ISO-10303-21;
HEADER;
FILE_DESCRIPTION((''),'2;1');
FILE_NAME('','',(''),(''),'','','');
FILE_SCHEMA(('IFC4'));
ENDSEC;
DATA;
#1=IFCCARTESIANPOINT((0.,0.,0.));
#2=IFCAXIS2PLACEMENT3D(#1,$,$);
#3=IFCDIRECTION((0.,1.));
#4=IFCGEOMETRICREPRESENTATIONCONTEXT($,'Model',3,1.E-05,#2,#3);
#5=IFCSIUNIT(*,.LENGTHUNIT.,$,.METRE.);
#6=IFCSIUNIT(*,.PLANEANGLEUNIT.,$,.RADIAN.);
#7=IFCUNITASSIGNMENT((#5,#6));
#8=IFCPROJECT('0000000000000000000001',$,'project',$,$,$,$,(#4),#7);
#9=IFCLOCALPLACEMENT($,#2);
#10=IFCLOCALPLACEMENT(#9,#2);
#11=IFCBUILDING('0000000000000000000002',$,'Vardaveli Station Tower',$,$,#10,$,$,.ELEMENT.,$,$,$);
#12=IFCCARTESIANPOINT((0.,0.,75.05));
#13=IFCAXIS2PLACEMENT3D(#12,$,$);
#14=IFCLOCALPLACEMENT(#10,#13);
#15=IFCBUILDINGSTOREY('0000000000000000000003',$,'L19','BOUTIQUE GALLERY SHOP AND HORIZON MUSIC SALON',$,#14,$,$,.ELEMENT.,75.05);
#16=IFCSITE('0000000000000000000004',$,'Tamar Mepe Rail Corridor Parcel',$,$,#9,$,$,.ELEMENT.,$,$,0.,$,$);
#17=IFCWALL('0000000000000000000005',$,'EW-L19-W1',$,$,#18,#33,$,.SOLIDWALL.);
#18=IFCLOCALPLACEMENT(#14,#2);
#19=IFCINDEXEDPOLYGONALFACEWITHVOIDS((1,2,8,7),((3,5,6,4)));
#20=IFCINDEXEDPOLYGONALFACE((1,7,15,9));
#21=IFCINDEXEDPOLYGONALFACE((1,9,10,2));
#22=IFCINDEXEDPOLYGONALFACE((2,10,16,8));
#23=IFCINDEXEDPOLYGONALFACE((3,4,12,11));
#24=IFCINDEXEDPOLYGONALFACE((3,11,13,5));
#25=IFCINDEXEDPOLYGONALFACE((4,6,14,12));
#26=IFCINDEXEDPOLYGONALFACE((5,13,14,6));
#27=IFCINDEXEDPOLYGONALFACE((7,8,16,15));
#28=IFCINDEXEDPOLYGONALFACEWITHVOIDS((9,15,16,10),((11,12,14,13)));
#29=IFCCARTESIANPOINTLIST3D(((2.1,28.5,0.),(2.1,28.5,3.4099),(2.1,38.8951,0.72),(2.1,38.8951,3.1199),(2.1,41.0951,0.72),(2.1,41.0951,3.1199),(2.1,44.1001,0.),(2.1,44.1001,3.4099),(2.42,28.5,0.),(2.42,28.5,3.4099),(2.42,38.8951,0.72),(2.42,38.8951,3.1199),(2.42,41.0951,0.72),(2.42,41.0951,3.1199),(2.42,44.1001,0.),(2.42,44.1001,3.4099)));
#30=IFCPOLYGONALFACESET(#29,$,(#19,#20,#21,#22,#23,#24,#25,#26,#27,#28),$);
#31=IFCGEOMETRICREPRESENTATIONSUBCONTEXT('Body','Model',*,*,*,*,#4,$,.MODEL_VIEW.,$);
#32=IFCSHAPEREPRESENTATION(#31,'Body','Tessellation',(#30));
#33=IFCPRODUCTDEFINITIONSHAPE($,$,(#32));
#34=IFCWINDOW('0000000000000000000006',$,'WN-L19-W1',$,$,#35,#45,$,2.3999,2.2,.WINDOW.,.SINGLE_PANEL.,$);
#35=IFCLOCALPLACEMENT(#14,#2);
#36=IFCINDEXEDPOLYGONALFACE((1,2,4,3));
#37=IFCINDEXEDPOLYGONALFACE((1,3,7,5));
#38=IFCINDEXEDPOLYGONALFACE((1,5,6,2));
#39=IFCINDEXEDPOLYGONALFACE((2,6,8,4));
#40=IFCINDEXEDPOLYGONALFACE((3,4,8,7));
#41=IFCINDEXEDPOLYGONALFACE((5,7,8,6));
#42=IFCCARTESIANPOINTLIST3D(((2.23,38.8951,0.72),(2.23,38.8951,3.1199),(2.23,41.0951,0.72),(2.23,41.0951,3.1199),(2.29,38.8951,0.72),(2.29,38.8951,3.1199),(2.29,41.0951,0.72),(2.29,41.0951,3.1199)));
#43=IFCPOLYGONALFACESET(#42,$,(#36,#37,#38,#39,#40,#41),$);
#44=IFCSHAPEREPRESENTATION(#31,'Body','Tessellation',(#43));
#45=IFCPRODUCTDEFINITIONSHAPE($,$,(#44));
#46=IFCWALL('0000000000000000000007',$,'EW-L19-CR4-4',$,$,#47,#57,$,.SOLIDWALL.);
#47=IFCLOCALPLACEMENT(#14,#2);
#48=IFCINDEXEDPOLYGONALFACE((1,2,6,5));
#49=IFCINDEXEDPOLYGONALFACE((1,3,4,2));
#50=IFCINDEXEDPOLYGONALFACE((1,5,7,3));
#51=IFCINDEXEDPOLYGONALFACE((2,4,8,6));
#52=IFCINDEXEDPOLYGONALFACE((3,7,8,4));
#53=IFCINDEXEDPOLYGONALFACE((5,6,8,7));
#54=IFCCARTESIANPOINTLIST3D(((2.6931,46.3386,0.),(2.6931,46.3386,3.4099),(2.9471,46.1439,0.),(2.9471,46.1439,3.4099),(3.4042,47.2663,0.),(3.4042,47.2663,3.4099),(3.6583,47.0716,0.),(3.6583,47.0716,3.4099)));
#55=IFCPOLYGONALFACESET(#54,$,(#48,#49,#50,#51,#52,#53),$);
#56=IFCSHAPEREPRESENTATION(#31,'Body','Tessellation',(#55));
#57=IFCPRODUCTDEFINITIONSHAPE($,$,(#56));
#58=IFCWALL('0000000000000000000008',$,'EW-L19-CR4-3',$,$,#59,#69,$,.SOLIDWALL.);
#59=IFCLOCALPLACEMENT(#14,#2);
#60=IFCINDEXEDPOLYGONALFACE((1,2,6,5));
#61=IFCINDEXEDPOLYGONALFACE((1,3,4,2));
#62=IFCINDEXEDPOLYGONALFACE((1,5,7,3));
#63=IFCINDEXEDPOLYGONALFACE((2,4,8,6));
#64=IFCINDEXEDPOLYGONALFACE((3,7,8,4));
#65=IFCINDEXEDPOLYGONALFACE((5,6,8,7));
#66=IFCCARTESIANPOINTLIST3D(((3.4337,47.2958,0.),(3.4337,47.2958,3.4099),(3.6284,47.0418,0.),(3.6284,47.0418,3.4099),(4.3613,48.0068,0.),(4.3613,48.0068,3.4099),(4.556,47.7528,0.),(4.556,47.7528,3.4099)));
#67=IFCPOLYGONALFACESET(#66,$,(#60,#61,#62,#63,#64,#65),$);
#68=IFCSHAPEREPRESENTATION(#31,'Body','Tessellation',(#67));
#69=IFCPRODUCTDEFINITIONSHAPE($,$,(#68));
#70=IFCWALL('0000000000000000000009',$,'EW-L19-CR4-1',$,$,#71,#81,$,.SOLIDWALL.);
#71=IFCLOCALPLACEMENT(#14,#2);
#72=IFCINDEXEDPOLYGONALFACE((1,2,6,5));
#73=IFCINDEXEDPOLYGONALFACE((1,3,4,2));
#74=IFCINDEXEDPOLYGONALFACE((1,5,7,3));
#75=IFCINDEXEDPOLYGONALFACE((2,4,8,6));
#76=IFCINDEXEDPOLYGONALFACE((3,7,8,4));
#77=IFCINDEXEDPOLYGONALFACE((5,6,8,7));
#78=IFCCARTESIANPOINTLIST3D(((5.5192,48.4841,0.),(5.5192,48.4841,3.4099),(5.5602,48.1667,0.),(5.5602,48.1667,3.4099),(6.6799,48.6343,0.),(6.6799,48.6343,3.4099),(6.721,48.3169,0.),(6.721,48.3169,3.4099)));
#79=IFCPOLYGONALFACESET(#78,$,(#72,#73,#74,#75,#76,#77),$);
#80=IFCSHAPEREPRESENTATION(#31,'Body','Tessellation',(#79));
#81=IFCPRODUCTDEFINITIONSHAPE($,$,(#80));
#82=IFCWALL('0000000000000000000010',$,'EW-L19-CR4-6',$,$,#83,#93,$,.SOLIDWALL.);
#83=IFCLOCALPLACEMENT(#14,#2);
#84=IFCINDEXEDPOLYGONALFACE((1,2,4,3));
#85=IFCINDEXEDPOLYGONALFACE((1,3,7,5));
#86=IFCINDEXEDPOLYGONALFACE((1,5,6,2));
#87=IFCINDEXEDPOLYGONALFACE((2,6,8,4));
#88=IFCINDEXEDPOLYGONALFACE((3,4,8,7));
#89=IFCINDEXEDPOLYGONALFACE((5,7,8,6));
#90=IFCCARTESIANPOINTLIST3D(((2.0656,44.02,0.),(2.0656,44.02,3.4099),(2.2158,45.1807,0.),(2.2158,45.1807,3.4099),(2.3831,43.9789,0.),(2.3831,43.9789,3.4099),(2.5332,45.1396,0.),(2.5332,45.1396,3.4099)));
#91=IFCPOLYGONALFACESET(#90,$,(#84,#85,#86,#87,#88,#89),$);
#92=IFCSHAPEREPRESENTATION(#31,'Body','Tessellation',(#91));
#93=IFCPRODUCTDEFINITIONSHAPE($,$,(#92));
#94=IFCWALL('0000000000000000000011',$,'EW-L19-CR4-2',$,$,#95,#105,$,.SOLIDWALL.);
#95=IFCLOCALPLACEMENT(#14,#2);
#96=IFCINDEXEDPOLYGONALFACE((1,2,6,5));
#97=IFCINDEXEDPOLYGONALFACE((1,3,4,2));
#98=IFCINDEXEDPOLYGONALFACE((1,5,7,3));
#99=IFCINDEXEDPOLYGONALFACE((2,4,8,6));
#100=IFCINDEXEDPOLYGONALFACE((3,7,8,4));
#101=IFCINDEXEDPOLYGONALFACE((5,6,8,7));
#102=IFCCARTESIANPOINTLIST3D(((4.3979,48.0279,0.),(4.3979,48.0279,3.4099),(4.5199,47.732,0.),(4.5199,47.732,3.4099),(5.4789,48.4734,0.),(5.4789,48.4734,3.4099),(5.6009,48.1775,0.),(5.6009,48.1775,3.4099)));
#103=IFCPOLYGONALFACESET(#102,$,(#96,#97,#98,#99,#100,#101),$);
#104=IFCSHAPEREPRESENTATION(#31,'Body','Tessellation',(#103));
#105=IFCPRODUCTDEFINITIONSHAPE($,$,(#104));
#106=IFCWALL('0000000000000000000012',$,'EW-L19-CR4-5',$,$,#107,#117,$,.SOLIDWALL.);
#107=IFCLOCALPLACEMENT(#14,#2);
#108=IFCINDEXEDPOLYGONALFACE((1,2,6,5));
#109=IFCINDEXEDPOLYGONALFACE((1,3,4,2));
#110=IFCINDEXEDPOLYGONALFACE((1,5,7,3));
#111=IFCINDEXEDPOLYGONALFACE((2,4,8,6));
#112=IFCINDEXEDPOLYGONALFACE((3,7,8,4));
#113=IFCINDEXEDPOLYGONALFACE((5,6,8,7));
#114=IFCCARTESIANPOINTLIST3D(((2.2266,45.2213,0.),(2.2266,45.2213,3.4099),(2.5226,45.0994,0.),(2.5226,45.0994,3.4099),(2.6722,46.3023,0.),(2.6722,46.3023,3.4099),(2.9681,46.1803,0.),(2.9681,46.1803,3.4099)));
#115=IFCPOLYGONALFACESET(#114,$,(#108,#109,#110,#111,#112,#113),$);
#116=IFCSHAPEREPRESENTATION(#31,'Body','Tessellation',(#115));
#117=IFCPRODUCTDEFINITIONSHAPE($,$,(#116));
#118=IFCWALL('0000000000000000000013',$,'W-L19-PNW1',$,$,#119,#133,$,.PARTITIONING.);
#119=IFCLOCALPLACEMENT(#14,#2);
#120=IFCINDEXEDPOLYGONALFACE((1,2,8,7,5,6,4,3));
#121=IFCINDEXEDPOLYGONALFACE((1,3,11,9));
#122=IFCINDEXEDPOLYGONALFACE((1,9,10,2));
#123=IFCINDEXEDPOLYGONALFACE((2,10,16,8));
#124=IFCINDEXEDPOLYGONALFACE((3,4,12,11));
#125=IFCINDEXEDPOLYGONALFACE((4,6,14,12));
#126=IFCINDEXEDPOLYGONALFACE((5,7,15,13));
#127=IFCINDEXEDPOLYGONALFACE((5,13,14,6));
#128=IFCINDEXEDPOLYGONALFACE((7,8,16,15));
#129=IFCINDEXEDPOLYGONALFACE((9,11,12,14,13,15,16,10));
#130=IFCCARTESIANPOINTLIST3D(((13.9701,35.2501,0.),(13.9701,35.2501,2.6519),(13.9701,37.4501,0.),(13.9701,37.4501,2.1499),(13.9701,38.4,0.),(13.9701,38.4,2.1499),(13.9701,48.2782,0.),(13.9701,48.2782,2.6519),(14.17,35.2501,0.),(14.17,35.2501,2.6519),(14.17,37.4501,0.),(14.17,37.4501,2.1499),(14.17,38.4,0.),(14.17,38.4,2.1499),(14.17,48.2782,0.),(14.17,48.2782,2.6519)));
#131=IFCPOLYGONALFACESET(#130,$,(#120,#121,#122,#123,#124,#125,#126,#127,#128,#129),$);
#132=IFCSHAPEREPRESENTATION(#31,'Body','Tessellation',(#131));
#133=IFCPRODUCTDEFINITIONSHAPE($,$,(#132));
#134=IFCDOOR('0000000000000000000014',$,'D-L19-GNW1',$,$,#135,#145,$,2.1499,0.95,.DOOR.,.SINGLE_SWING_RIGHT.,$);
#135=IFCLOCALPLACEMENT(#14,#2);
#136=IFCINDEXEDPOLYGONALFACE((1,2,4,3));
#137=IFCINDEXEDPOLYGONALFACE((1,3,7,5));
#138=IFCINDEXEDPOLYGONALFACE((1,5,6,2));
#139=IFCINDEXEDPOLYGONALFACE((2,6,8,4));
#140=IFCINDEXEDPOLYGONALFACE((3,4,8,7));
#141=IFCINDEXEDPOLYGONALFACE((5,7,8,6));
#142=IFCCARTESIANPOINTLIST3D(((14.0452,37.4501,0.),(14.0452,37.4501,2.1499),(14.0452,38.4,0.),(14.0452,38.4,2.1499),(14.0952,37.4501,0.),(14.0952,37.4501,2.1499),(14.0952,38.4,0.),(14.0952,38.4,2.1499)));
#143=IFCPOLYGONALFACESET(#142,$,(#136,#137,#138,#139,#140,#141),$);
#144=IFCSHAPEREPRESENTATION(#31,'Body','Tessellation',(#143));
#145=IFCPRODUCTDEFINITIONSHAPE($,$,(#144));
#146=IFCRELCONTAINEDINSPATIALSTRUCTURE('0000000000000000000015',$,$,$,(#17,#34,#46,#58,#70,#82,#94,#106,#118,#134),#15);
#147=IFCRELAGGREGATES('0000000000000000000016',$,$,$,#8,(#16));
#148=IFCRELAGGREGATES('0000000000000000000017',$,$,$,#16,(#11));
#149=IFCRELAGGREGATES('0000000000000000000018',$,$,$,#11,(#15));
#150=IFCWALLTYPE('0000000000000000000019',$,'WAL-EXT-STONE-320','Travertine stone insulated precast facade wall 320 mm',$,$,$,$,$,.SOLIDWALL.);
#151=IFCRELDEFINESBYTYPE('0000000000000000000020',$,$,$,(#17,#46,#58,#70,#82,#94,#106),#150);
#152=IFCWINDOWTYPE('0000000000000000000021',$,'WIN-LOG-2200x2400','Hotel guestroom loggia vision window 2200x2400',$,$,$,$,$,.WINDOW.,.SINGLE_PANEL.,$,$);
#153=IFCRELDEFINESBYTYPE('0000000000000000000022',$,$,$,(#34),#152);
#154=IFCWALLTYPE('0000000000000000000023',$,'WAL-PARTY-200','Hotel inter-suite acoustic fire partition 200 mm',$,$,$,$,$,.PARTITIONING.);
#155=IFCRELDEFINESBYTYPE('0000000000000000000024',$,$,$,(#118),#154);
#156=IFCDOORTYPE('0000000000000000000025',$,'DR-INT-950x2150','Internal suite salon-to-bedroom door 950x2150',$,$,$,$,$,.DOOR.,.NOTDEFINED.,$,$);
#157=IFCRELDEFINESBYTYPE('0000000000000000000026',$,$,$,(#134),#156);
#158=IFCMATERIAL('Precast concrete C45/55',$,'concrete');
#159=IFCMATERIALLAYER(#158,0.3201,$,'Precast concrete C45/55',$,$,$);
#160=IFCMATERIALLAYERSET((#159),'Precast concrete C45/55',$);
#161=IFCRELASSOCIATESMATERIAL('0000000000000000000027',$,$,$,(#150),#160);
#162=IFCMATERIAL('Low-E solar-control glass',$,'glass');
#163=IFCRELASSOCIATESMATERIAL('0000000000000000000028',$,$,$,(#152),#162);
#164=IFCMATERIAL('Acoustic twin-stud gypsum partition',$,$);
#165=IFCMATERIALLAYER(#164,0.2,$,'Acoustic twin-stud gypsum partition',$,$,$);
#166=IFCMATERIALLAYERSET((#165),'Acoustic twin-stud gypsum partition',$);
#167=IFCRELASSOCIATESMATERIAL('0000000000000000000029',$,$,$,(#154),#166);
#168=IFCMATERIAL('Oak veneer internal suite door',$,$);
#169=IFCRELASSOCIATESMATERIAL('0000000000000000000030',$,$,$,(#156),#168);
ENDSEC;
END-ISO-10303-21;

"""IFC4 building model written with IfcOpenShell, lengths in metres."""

from ifc_helpers import new_model, si_unit, direction, frame, frame_2d, origin, place, context, subcontext, project, spatial, rectangle, extrude, source, transform, mapped, material, layer, layer_set, type_object, element, fill, save


model = new_model("IFC4")

# Units and contexts
model_context = context("Model", 3, precision=1e-05, world=origin(), true_north=direction((0.0, 1.0)))
body_context = subcontext(model_context, "Body", "Model", "MODEL_VIEW")
ifc_project = project(units=[si_unit("LENGTHUNIT", "METRE"), si_unit("PLANEANGLEUNIT", "RADIAN")], contexts=[model_context])

# Site, building, storey
site_placement = place(None, origin())
site = spatial("IfcSite", under=ifc_project, at=site_placement, Name="Tamar Mepe Rail Corridor Parcel", CompositionType="ELEMENT", RefElevation=0.0)
building_placement = place(site_placement, origin())
building = spatial("IfcBuilding", under=site, at=building_placement, Name="Vardaveli Station Tower", CompositionType="ELEMENT")
storey_placement = place(building_placement, frame((0.0, 0.0, 75.05)))
storey = spatial("IfcBuildingStorey", under=building, at=storey_placement, Name="L19", Description="BOUTIQUE GALLERY SHOP AND HORIZON MUSIC SALON", CompositionType="ELEMENT", Elevation=75.05)

# Shared definitions
ifc_material_1 = material(Name="Precast concrete C45/55", Category="concrete")

# Wall, opening, window
ifc_layer_1 = layer(ifc_material_1, 0.3201, Name="Precast concrete C45/55")
ifc_layer_set_1 = layer_set([ifc_layer_1], Name="Precast concrete C45/55")
wall_type_1 = type_object("IfcWallType", Name="WAL-EXT-STONE-320", Description="Travertine stone insulated precast facade wall 320 mm", PredefinedType="SOLIDWALL", material=ifc_layer_set_1)
shared_shape_1 = source(origin(), body_context, "Body", "SweptSolid", [
    extrude(rectangle(XDim=15.6001, YDim=0.3201, at=frame_2d((7.8, 0.0))), origin(), (0.0, 0.0, 1.0), 3.4099),
])
wall_1_placement = place(storey_placement, frame((2.26, 44.1001, 0.0), z_axis=(0.0, 0.0, 1.0), x_axis=(0.0, -1.0, 0.0)))
wall_1 = element("IfcWall", 1, at=wall_1_placement, inside=storey, type_object=wall_type_1, Name="EW-L19-W1", PredefinedType="SOLIDWALL", context=body_context, shape_type="MappedRepresentation", body=[
    mapped(shared_shape_1, transform((0.0, 0.0, 0.0), scale=1.0)),
])
shared_shape_2 = source(origin(), body_context, "Body", "SweptSolid", [
    extrude(rectangle(XDim=2.2, YDim=2.3999, at=frame_2d((1.1001, 1.2))), frame((0.0, 0.1699, 0.0), z_axis=(0.0, -1.0, 0.0), x_axis=(1.0, 0.0, 0.0)), (0.0, 0.0, 1.0), 0.3401),
])
opening_1_placement = place(wall_1_placement, frame((3.0049, 0.0, 0.72)))
opening_1 = element("IfcOpeningElement", 2, at=opening_1_placement, cuts=wall_1, PredefinedType="OPENING", context=body_context, shape_type="MappedRepresentation", body=[
    mapped(shared_shape_2, transform((0.0, 0.0, 0.0), scale=1.0)),
])
ifc_material_2 = material(Name="Low-E solar-control glass", Category="glass")
window_type = type_object("IfcWindowType", Name="WIN-LOG-2200x2400", Description="Hotel guestroom loggia vision window 2200x2400", PartitioningType="SINGLE_PANEL", PredefinedType="WINDOW", material=ifc_material_2)
shared_shape_3 = source(origin(), body_context, "Body", "SweptSolid", [
    extrude(rectangle(XDim=2.2, YDim=2.3999, at=frame_2d((1.1001, 1.2))), frame((0.0, 0.03, 0.0), z_axis=(0.0, -1.0, 0.0), x_axis=(1.0, 0.0, 0.0)), (0.0, 0.0, 1.0), 0.0601),
])
window_placement = place(opening_1_placement, origin())
window = element("IfcWindow", 3, at=window_placement, inside=storey, type_object=window_type, Name="WN-L19-W1", OverallHeight=2.3999, OverallWidth=2.2, PartitioningType="SINGLE_PANEL", PredefinedType="WINDOW", context=body_context, shape_type="MappedRepresentation", body=[
    mapped(shared_shape_3, transform((0.0, 0.0, 0.0), scale=1.0)),
])
fill(opening_1, window)

# Walls
shared_shape_4 = source(origin(), body_context, "Body", "SweptSolid", [
    extrude(rectangle(XDim=1.1689, YDim=0.3201, at=frame_2d((0.5845, 0.0))), origin(), (0.0, 0.0, 1.0), 3.4099),
])
wall_2_placement = place(storey_placement, frame((3.5312, 47.1689, 0.0), z_axis=(0.0, 0.0, 1.0), x_axis=(-0.608388, -0.79364, 0.0)))
element("IfcWall", 4, at=wall_2_placement, inside=storey, type_object=wall_type_1, Name="EW-L19-CR4-4", PredefinedType="SOLIDWALL", context=body_context, shape_type="MappedRepresentation", body=[
    mapped(shared_shape_4, transform((0.0, 0.0, 0.0), scale=1.0)),
])
shared_shape_5 = source(origin(), body_context, "Body", "SweptSolid", [
    extrude(rectangle(XDim=1.1687, YDim=0.3201, at=frame_2d((0.5845, 0.0))), origin(), (0.0, 0.0, 1.0), 3.4099),
])
wall_3_placement = place(storey_placement, frame((4.4587, 47.8799, 0.0), z_axis=(0.0, 0.0, 1.0), x_axis=(-0.793664, -0.608357, 0.0)))
element("IfcWall", 5, at=wall_3_placement, inside=storey, type_object=wall_type_1, Name="EW-L19-CR4-3", PredefinedType="SOLIDWALL", context=body_context, shape_type="MappedRepresentation", body=[
    mapped(shared_shape_5, transform((0.0, 0.0, 0.0), scale=1.0)),
])
shared_shape_6 = source(origin(), body_context, "Body", "SweptSolid", [
    extrude(rectangle(XDim=1.1704, YDim=0.3201, at=frame_2d((0.5852, 0.0))), origin(), (0.0, 0.0, 1.0), 3.4099),
])
for number, where, z_axis, x_axis, name in (
    (6, (6.7004, 48.4756, 0.0), (0.0, 0.0, 1.0), (-0.991736, -0.128296, 0.0), "EW-L19-CR4-1"),
    (7, (2.3745, 45.1602, 0.0), (0.0, 0.0, 1.0), (-0.128296, -0.991736, 0.0), "EW-L19-CR4-6"),
):
    element("IfcWall", number, at=place(storey_placement, frame(where, z_axis=z_axis, x_axis=x_axis)), inside=storey, type_object=wall_type_1, Name=name, PredefinedType="SOLIDWALL", context=body_context, shape_type="MappedRepresentation", body=[
        mapped(shared_shape_6, transform((0.0, 0.0, 0.0), scale=1.0)),
    ])
shared_shape_7 = source(origin(), body_context, "Body", "SweptSolid", [
    extrude(rectangle(XDim=1.1692, YDim=0.3201, at=frame_2d((0.5845, 0.0))), origin(), (0.0, 0.0, 1.0), 3.4099),
])
for number, where, z_axis, x_axis, name in (
    (8, (5.5398, 48.3254, 0.0), (0.0, 0.0, 1.0), (-0.924553, -0.381054, 0.0), "EW-L19-CR4-2"),
    (9, (2.8201, 46.2412, 0.0), (0.0, 0.0, 1.0), (-0.381054, -0.924553, 0.0), "EW-L19-CR4-5"),
):
    element("IfcWall", number, at=place(storey_placement, frame(where, z_axis=z_axis, x_axis=x_axis)), inside=storey, type_object=wall_type_1, Name=name, PredefinedType="SOLIDWALL", context=body_context, shape_type="MappedRepresentation", body=[
        mapped(shared_shape_7, transform((0.0, 0.0, 0.0), scale=1.0)),
    ])

# Wall, opening, door
ifc_material_3 = material(Name="Acoustic twin-stud gypsum partition")
ifc_layer_2 = layer(ifc_material_3, 0.2, Name="Acoustic twin-stud gypsum partition")
ifc_layer_set_2 = layer_set([ifc_layer_2], Name="Acoustic twin-stud gypsum partition")
wall_type_2 = type_object("IfcWallType", Name="WAL-PARTY-200", Description="Hotel inter-suite acoustic fire partition 200 mm", PredefinedType="PARTITIONING", material=ifc_layer_set_2)
shared_shape_8 = source(origin(), body_context, "Body", "SweptSolid", [
    extrude(rectangle(XDim=13.0281, YDim=0.2, at=frame_2d((6.5142, 0.0))), origin(), (0.0, 0.0, 1.0), 2.6519),
])
wall_4_placement = place(storey_placement, frame((14.0701, 35.25, 0.0), z_axis=(0.0, 0.0, 1.0), x_axis=(0.0, 1.0, 0.0)))
wall_4 = element("IfcWall", 10, at=wall_4_placement, inside=storey, type_object=wall_type_2, Name="W-L19-PNW1", PredefinedType="PARTITIONING", context=body_context, shape_type="MappedRepresentation", body=[
    mapped(shared_shape_8, transform((0.0, 0.0, 0.0), scale=1.0)),
])
shared_shape_9 = source(origin(), body_context, "Body", "SweptSolid", [
    extrude(rectangle(XDim=0.95, YDim=2.1499, at=frame_2d((0.4751, 1.075))), frame((0.0, 0.1099, 0.0), z_axis=(0.0, -1.0, 0.0), x_axis=(1.0, 0.0, 0.0)), (0.0, 0.0, 1.0), 0.22),
])
opening_2_placement = place(wall_4_placement, frame((2.2, 0.0, 0.0)))
opening_2 = element("IfcOpeningElement", 11, at=opening_2_placement, cuts=wall_4, PredefinedType="OPENING", context=body_context, shape_type="MappedRepresentation", body=[
    mapped(shared_shape_9, transform((0.0, 0.0, 0.0), scale=1.0)),
])
ifc_material_4 = material(Name="Oak veneer internal suite door")
door_type_1 = type_object("IfcDoorType", Name="DR-INT-950x2150", Description="Internal suite salon-to-bedroom door 950x2150", OperationType="NOTDEFINED", PredefinedType="DOOR", material=ifc_material_4)
shared_shape_10 = source(origin(), body_context, "Body", "SweptSolid", [
    extrude(rectangle(XDim=0.95, YDim=2.1499, at=frame_2d((0.4751, 1.075))), frame((0.0, 0.0249, 0.0), z_axis=(0.0, -1.0, 0.0), x_axis=(1.0, 0.0, 0.0)), (0.0, 0.0, 1.0), 0.05),
])
door_1_placement = place(opening_2_placement, origin())
door_1 = element("IfcDoor", 12, at=door_1_placement, inside=storey, type_object=door_type_1, Name="D-L19-GNW1", OperationType="SINGLE_SWING_RIGHT", OverallHeight=2.1499, OverallWidth=0.95, PredefinedType="DOOR", context=body_context, shape_type="MappedRepresentation", body=[
    mapped(shared_shape_10, transform((0.0, 0.0, 0.0), scale=1.0)),
])
fill(opening_2, door_1)

save(model, "model.ifc")
